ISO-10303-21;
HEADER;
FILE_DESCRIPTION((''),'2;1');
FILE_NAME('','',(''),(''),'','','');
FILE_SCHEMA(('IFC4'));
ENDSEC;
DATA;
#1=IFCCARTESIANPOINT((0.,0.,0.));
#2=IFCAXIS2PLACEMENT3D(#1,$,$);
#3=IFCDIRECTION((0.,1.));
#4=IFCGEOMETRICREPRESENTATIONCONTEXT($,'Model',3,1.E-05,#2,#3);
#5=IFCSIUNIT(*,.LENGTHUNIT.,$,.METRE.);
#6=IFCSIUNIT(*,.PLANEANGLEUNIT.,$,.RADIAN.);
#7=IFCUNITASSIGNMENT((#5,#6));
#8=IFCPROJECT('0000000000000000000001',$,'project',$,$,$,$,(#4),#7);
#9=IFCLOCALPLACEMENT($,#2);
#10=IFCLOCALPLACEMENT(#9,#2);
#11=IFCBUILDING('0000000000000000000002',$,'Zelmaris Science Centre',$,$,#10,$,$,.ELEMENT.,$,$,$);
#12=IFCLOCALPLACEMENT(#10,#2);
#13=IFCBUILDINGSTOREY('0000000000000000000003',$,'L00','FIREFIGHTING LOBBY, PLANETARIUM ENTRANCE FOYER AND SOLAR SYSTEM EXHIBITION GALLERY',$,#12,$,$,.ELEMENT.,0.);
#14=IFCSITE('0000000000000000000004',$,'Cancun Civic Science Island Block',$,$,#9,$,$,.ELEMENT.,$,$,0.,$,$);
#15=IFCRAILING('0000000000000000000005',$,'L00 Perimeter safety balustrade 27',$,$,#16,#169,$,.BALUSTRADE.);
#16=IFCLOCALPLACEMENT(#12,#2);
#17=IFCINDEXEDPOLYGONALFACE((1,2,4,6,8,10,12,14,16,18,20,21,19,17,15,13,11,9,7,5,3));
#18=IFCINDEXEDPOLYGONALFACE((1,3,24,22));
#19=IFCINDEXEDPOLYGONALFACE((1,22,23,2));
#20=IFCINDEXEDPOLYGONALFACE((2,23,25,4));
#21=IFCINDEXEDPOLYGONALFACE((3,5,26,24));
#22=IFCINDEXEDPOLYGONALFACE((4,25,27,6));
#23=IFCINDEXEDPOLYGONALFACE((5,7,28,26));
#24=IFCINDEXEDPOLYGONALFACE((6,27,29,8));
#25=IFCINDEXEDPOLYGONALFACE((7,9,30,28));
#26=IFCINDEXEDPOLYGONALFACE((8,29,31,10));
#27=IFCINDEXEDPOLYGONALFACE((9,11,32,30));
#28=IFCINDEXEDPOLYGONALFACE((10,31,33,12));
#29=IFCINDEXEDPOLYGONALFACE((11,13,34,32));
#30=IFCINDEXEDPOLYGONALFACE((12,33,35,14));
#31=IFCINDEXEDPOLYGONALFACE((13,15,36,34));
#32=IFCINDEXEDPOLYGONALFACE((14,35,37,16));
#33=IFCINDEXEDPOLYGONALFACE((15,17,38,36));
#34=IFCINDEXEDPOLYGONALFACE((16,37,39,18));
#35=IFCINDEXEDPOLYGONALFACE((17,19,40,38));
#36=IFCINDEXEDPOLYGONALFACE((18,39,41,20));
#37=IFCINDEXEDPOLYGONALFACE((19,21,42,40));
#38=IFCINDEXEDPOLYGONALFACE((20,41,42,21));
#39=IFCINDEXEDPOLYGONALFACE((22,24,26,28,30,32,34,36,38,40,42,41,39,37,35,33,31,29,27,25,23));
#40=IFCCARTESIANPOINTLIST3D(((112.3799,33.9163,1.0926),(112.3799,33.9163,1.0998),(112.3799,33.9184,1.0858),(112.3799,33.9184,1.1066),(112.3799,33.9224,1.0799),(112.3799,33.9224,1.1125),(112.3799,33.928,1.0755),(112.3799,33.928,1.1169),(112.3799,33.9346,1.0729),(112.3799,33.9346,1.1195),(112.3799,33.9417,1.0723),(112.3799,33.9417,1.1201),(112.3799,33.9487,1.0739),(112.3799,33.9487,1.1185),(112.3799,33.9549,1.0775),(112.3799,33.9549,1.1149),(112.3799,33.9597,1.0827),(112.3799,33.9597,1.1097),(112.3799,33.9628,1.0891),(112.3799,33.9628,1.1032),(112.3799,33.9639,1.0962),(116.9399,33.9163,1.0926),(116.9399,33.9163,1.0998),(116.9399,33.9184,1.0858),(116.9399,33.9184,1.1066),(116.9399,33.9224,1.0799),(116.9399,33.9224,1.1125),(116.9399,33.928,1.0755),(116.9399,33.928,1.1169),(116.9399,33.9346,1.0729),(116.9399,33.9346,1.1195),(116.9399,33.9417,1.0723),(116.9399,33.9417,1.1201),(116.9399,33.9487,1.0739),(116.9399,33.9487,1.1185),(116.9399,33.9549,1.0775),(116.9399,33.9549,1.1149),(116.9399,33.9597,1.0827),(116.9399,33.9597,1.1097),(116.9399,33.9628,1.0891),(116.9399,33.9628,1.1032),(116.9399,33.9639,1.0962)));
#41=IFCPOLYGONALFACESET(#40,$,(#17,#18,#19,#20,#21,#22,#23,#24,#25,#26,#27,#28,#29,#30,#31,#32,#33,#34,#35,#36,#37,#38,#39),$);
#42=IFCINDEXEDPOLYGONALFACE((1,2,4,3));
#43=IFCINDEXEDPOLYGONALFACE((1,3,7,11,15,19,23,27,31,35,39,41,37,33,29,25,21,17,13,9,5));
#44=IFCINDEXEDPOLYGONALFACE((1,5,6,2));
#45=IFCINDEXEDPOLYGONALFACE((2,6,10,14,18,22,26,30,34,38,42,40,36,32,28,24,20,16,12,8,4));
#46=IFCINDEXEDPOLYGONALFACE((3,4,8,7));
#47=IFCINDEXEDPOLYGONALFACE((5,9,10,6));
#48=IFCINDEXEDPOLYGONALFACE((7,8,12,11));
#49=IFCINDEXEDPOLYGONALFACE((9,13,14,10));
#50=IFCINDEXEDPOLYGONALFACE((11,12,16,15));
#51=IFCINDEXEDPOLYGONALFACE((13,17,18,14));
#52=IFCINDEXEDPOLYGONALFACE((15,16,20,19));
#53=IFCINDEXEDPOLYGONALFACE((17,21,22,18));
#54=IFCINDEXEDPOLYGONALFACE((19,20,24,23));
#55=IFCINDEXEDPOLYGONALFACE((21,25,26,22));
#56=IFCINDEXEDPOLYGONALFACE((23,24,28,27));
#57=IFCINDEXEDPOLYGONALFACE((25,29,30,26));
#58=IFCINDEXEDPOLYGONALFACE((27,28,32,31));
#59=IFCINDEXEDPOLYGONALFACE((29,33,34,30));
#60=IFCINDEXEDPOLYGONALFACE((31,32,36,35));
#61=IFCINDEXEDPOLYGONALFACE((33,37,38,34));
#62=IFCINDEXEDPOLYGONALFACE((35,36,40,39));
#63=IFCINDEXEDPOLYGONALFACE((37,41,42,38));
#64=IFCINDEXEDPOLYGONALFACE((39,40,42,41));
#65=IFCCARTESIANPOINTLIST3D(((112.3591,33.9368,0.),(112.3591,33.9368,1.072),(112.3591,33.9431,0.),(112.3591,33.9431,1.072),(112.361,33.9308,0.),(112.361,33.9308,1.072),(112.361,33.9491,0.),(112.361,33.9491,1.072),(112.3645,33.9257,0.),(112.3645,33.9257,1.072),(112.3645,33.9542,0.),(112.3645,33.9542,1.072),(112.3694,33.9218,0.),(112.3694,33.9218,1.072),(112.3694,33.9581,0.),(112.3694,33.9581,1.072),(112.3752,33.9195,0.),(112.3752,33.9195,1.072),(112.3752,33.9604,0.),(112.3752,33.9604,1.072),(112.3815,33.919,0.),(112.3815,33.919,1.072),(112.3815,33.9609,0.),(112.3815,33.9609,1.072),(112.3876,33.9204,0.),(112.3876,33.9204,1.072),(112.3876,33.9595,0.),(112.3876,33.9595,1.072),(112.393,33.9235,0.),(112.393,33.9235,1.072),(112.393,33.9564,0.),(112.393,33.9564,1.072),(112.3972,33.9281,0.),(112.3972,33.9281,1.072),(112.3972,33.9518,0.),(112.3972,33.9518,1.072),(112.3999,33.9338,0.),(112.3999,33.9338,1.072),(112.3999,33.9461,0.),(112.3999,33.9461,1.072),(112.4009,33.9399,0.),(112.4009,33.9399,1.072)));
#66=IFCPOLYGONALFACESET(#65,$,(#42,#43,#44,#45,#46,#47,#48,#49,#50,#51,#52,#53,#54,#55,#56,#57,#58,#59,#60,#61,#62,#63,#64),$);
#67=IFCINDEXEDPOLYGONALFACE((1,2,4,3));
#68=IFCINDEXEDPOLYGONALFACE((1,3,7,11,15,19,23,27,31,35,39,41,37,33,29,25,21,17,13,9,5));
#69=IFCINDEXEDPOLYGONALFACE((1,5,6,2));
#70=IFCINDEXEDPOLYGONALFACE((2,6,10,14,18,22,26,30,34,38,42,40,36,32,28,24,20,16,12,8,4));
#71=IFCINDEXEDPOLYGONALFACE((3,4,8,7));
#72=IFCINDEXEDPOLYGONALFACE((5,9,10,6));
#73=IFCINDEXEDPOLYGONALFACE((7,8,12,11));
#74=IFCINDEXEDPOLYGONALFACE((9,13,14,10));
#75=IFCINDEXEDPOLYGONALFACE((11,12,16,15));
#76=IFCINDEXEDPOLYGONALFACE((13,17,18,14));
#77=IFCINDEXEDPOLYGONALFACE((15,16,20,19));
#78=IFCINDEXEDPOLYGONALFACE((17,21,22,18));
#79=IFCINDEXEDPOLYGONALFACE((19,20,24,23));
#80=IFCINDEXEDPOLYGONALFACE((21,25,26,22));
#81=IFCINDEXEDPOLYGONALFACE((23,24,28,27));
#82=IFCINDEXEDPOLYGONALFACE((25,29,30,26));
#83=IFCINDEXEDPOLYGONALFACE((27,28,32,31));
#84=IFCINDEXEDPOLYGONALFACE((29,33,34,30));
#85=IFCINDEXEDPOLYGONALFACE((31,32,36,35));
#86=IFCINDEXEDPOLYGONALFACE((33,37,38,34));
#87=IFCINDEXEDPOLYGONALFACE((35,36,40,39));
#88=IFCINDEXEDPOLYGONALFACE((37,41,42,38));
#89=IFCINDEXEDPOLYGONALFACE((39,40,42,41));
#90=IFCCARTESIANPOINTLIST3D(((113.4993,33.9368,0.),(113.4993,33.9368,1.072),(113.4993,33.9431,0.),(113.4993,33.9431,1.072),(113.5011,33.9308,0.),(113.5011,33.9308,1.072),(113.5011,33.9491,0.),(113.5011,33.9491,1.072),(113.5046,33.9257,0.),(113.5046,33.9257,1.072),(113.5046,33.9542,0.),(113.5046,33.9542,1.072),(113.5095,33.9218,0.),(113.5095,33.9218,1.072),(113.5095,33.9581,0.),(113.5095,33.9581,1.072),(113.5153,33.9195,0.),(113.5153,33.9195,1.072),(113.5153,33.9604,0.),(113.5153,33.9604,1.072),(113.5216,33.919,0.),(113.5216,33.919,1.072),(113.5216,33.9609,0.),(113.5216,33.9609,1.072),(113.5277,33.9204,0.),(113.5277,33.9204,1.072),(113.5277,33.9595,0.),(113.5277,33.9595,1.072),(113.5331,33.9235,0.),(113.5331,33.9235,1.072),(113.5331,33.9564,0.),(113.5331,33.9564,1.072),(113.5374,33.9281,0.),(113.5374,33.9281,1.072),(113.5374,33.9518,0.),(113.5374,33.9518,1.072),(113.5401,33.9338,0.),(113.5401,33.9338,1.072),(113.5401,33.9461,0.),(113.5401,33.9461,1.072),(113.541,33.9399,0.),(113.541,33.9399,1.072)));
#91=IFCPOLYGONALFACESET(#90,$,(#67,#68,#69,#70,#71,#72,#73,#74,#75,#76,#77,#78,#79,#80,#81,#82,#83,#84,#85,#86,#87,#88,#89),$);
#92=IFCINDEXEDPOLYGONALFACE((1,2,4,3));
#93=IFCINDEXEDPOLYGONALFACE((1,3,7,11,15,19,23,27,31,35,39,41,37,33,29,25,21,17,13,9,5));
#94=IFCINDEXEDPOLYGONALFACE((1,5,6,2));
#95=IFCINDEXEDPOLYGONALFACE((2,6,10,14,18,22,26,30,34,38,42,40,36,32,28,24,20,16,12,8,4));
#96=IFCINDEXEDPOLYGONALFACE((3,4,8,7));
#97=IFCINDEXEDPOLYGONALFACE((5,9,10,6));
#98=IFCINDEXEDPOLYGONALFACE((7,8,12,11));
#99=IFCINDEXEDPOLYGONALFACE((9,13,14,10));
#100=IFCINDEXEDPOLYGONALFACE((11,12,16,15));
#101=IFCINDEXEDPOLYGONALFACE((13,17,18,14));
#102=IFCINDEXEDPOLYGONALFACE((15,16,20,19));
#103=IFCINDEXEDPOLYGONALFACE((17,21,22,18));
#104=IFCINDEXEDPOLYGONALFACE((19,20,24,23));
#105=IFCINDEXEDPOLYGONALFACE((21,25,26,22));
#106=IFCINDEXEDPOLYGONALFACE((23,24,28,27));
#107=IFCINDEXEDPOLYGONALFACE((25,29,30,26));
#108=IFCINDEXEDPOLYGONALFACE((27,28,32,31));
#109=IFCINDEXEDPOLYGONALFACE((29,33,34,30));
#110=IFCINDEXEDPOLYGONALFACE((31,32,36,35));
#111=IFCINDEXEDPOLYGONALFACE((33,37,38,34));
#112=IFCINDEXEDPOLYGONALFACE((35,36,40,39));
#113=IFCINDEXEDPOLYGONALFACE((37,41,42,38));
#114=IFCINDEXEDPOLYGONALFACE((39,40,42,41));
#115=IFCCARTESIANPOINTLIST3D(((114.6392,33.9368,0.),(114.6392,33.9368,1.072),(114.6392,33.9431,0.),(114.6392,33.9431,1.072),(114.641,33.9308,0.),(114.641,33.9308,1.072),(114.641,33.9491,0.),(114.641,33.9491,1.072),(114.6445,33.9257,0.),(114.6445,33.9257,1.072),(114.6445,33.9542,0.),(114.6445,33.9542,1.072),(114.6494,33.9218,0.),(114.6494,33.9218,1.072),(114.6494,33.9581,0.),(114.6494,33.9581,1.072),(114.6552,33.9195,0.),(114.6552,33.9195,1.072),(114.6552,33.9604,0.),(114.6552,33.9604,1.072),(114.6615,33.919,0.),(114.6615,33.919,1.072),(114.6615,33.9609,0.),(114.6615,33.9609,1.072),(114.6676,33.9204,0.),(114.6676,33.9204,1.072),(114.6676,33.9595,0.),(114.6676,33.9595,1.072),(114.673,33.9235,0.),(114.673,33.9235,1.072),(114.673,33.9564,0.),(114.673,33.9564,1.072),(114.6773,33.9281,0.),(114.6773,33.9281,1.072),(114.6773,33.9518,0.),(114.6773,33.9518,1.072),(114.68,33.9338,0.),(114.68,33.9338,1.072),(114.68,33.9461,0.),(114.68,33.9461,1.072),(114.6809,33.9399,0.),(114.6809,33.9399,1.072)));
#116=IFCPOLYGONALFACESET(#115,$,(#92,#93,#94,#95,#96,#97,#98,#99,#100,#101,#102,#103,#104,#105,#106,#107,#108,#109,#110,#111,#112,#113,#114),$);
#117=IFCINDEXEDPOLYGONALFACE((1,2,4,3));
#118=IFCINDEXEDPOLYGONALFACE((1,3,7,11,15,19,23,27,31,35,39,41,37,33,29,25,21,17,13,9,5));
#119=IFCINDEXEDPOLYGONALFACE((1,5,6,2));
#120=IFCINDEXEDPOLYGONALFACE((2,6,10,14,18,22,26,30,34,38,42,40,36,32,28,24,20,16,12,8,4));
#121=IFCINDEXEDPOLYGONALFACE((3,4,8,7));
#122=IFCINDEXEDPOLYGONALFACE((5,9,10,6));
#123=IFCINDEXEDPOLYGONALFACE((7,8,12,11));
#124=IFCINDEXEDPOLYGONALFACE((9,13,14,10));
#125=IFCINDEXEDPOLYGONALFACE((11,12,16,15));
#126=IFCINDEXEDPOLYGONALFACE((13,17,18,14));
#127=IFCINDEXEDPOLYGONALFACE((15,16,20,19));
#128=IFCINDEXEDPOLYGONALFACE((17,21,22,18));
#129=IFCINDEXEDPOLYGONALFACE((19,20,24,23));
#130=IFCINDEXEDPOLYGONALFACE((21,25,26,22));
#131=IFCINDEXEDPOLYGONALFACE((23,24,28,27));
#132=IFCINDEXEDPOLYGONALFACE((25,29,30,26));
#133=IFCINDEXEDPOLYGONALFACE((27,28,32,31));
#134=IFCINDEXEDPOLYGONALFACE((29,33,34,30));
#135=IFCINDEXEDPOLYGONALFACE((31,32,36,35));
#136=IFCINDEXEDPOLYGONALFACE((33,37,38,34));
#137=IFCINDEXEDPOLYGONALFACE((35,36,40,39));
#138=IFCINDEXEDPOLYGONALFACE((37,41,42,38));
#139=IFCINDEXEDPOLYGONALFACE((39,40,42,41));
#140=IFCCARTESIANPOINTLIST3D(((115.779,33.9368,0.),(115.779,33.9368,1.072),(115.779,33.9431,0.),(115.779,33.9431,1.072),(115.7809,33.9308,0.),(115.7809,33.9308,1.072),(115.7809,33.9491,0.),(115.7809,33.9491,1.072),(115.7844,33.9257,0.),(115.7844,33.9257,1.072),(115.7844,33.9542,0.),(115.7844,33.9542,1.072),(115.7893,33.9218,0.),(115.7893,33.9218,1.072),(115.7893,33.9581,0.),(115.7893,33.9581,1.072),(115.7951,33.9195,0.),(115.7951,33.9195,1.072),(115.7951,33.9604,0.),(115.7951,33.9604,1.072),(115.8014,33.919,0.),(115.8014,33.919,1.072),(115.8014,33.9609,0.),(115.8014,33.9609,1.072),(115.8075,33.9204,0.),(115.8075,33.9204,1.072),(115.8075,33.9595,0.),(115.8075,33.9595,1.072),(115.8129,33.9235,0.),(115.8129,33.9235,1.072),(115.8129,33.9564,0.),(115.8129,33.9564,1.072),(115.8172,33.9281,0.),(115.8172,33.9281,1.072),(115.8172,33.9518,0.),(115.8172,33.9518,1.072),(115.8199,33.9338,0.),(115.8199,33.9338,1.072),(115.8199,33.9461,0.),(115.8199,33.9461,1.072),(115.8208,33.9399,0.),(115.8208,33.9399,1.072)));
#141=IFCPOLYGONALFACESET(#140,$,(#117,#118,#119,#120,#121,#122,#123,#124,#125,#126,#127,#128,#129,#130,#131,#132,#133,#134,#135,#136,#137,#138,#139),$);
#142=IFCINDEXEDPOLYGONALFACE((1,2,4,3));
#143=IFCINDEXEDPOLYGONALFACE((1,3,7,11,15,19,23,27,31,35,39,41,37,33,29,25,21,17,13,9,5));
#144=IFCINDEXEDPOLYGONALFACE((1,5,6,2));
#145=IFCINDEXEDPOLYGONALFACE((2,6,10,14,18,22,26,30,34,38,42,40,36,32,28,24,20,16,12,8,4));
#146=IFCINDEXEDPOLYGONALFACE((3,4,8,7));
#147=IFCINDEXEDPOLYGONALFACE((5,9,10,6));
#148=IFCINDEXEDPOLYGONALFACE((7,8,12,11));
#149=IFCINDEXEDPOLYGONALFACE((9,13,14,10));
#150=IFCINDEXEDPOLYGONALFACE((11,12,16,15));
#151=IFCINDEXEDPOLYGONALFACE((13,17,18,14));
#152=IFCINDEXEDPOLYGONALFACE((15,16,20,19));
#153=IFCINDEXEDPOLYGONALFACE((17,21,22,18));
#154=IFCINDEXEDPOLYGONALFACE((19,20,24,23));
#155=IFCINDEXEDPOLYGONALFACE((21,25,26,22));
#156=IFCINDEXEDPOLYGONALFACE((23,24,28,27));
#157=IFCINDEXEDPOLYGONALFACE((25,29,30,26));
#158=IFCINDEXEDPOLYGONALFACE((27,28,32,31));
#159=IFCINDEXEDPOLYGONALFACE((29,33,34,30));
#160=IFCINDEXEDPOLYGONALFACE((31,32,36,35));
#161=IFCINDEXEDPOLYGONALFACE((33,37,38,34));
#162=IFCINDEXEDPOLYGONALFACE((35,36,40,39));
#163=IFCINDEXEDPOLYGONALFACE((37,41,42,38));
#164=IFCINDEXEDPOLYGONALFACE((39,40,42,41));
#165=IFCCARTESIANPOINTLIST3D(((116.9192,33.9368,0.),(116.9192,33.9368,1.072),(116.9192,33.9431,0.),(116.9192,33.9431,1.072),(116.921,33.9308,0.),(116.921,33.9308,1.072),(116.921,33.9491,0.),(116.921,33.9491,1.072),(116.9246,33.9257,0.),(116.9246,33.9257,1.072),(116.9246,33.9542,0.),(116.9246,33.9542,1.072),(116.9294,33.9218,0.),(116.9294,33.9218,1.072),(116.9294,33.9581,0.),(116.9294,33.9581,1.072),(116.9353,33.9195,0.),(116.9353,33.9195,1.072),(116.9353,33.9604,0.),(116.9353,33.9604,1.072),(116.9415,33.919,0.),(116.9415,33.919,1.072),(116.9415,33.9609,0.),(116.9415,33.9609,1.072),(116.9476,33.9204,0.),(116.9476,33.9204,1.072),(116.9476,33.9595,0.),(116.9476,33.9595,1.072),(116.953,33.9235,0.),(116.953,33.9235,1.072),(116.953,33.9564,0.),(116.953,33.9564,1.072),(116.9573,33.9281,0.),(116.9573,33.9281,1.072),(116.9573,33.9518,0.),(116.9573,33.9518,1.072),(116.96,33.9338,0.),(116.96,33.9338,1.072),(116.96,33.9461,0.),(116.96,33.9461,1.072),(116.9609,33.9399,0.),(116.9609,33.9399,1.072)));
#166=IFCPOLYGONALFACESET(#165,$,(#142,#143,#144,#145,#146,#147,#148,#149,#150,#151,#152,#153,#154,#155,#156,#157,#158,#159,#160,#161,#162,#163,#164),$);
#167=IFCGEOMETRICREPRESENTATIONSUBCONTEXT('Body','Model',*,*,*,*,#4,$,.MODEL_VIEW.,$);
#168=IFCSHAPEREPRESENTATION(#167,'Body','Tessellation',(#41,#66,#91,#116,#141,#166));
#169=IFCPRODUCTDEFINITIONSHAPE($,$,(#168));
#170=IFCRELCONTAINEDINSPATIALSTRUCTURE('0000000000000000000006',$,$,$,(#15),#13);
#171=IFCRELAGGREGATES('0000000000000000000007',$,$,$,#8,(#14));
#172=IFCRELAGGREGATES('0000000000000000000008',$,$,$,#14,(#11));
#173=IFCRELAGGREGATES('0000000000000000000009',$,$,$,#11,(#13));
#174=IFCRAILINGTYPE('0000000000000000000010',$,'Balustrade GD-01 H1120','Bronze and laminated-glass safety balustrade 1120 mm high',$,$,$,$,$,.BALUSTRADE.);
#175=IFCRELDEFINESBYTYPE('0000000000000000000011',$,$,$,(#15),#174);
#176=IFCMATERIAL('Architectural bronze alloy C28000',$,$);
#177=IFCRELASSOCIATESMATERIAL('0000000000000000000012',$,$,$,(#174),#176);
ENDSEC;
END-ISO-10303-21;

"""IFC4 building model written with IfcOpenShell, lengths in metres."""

from ifc_helpers import new_model, si_unit, direction, frame, origin, origin_2d, place, context, subcontext, project, spatial, circle, extrude, material, type_object, element, save


model = new_model("IFC4")

# Units and contexts
model_context = context("Model", 3, precision=1e-05, world=origin(), true_north=direction((0.0, 1.0)))
body_context = subcontext(model_context, "Body", "Model", "MODEL_VIEW")
ifc_project = project(units=[si_unit("LENGTHUNIT", "METRE"), si_unit("PLANEANGLEUNIT", "RADIAN")], contexts=[model_context])

# Site, building, storey
site_placement = place(None, origin())
site = spatial("IfcSite", under=ifc_project, at=site_placement, Name="Cancun Civic Science Island Block", CompositionType="ELEMENT", RefElevation=0.0)
building_placement = place(site_placement, origin())
building = spatial("IfcBuilding", under=site, at=building_placement, Name="Zelmaris Science Centre", CompositionType="ELEMENT")
storey_placement = place(building_placement, origin())
storey = spatial("IfcBuildingStorey", under=building, at=storey_placement, Name="L00", Description="FIREFIGHTING LOBBY, PLANETARIUM ENTRANCE FOYER AND SOLAR SYSTEM EXHIBITION GALLERY", CompositionType="ELEMENT", Elevation=0.0)

# Railing
ifc_material_1 = material(Name="Architectural bronze alloy C28000")
railing_type = type_object("IfcRailingType", Name="Balustrade GD-01 H1120", Description="Bronze and laminated-glass safety balustrade 1120 mm high", PredefinedType="BALUSTRADE", material=ifc_material_1)
railing_1_placement = place(storey_placement, frame((112.3799, 33.9399, 0.0)))
element("IfcRailing", 1, at=railing_1_placement, inside=storey, type_object=railing_type, Name="L00 Perimeter safety balustrade 27", PredefinedType="BALUSTRADE", context=body_context, shape_type="SweptSolid", body=[
    extrude(circle(Radius=0.0239, at=origin_2d()), frame((0.0, 0.0, 1.0962), z_axis=(1.0, 0.0, 0.0), x_axis=(0.0, 1.0, 0.0)), (0.0, 0.0, 1.0), 4.5601),
    extrude(circle(Radius=0.021, at=origin_2d()), origin(), (0.0, 0.0, 1.0), 1.072),
    extrude(circle(Radius=0.021, at=origin_2d()), frame((1.1401, 0.0, 0.0)), (0.0, 0.0, 1.0), 1.072),
    extrude(circle(Radius=0.021, at=origin_2d()), frame((2.28, 0.0, 0.0)), (0.0, 0.0, 1.0), 1.072),
    extrude(circle(Radius=0.021, at=origin_2d()), frame((3.4199, 0.0, 0.0)), (0.0, 0.0, 1.0), 1.072),
    extrude(circle(Radius=0.021, at=origin_2d()), frame((4.5601, 0.0, 0.0)), (0.0, 0.0, 1.0), 1.072),
])

save(model, "model.ifc")
